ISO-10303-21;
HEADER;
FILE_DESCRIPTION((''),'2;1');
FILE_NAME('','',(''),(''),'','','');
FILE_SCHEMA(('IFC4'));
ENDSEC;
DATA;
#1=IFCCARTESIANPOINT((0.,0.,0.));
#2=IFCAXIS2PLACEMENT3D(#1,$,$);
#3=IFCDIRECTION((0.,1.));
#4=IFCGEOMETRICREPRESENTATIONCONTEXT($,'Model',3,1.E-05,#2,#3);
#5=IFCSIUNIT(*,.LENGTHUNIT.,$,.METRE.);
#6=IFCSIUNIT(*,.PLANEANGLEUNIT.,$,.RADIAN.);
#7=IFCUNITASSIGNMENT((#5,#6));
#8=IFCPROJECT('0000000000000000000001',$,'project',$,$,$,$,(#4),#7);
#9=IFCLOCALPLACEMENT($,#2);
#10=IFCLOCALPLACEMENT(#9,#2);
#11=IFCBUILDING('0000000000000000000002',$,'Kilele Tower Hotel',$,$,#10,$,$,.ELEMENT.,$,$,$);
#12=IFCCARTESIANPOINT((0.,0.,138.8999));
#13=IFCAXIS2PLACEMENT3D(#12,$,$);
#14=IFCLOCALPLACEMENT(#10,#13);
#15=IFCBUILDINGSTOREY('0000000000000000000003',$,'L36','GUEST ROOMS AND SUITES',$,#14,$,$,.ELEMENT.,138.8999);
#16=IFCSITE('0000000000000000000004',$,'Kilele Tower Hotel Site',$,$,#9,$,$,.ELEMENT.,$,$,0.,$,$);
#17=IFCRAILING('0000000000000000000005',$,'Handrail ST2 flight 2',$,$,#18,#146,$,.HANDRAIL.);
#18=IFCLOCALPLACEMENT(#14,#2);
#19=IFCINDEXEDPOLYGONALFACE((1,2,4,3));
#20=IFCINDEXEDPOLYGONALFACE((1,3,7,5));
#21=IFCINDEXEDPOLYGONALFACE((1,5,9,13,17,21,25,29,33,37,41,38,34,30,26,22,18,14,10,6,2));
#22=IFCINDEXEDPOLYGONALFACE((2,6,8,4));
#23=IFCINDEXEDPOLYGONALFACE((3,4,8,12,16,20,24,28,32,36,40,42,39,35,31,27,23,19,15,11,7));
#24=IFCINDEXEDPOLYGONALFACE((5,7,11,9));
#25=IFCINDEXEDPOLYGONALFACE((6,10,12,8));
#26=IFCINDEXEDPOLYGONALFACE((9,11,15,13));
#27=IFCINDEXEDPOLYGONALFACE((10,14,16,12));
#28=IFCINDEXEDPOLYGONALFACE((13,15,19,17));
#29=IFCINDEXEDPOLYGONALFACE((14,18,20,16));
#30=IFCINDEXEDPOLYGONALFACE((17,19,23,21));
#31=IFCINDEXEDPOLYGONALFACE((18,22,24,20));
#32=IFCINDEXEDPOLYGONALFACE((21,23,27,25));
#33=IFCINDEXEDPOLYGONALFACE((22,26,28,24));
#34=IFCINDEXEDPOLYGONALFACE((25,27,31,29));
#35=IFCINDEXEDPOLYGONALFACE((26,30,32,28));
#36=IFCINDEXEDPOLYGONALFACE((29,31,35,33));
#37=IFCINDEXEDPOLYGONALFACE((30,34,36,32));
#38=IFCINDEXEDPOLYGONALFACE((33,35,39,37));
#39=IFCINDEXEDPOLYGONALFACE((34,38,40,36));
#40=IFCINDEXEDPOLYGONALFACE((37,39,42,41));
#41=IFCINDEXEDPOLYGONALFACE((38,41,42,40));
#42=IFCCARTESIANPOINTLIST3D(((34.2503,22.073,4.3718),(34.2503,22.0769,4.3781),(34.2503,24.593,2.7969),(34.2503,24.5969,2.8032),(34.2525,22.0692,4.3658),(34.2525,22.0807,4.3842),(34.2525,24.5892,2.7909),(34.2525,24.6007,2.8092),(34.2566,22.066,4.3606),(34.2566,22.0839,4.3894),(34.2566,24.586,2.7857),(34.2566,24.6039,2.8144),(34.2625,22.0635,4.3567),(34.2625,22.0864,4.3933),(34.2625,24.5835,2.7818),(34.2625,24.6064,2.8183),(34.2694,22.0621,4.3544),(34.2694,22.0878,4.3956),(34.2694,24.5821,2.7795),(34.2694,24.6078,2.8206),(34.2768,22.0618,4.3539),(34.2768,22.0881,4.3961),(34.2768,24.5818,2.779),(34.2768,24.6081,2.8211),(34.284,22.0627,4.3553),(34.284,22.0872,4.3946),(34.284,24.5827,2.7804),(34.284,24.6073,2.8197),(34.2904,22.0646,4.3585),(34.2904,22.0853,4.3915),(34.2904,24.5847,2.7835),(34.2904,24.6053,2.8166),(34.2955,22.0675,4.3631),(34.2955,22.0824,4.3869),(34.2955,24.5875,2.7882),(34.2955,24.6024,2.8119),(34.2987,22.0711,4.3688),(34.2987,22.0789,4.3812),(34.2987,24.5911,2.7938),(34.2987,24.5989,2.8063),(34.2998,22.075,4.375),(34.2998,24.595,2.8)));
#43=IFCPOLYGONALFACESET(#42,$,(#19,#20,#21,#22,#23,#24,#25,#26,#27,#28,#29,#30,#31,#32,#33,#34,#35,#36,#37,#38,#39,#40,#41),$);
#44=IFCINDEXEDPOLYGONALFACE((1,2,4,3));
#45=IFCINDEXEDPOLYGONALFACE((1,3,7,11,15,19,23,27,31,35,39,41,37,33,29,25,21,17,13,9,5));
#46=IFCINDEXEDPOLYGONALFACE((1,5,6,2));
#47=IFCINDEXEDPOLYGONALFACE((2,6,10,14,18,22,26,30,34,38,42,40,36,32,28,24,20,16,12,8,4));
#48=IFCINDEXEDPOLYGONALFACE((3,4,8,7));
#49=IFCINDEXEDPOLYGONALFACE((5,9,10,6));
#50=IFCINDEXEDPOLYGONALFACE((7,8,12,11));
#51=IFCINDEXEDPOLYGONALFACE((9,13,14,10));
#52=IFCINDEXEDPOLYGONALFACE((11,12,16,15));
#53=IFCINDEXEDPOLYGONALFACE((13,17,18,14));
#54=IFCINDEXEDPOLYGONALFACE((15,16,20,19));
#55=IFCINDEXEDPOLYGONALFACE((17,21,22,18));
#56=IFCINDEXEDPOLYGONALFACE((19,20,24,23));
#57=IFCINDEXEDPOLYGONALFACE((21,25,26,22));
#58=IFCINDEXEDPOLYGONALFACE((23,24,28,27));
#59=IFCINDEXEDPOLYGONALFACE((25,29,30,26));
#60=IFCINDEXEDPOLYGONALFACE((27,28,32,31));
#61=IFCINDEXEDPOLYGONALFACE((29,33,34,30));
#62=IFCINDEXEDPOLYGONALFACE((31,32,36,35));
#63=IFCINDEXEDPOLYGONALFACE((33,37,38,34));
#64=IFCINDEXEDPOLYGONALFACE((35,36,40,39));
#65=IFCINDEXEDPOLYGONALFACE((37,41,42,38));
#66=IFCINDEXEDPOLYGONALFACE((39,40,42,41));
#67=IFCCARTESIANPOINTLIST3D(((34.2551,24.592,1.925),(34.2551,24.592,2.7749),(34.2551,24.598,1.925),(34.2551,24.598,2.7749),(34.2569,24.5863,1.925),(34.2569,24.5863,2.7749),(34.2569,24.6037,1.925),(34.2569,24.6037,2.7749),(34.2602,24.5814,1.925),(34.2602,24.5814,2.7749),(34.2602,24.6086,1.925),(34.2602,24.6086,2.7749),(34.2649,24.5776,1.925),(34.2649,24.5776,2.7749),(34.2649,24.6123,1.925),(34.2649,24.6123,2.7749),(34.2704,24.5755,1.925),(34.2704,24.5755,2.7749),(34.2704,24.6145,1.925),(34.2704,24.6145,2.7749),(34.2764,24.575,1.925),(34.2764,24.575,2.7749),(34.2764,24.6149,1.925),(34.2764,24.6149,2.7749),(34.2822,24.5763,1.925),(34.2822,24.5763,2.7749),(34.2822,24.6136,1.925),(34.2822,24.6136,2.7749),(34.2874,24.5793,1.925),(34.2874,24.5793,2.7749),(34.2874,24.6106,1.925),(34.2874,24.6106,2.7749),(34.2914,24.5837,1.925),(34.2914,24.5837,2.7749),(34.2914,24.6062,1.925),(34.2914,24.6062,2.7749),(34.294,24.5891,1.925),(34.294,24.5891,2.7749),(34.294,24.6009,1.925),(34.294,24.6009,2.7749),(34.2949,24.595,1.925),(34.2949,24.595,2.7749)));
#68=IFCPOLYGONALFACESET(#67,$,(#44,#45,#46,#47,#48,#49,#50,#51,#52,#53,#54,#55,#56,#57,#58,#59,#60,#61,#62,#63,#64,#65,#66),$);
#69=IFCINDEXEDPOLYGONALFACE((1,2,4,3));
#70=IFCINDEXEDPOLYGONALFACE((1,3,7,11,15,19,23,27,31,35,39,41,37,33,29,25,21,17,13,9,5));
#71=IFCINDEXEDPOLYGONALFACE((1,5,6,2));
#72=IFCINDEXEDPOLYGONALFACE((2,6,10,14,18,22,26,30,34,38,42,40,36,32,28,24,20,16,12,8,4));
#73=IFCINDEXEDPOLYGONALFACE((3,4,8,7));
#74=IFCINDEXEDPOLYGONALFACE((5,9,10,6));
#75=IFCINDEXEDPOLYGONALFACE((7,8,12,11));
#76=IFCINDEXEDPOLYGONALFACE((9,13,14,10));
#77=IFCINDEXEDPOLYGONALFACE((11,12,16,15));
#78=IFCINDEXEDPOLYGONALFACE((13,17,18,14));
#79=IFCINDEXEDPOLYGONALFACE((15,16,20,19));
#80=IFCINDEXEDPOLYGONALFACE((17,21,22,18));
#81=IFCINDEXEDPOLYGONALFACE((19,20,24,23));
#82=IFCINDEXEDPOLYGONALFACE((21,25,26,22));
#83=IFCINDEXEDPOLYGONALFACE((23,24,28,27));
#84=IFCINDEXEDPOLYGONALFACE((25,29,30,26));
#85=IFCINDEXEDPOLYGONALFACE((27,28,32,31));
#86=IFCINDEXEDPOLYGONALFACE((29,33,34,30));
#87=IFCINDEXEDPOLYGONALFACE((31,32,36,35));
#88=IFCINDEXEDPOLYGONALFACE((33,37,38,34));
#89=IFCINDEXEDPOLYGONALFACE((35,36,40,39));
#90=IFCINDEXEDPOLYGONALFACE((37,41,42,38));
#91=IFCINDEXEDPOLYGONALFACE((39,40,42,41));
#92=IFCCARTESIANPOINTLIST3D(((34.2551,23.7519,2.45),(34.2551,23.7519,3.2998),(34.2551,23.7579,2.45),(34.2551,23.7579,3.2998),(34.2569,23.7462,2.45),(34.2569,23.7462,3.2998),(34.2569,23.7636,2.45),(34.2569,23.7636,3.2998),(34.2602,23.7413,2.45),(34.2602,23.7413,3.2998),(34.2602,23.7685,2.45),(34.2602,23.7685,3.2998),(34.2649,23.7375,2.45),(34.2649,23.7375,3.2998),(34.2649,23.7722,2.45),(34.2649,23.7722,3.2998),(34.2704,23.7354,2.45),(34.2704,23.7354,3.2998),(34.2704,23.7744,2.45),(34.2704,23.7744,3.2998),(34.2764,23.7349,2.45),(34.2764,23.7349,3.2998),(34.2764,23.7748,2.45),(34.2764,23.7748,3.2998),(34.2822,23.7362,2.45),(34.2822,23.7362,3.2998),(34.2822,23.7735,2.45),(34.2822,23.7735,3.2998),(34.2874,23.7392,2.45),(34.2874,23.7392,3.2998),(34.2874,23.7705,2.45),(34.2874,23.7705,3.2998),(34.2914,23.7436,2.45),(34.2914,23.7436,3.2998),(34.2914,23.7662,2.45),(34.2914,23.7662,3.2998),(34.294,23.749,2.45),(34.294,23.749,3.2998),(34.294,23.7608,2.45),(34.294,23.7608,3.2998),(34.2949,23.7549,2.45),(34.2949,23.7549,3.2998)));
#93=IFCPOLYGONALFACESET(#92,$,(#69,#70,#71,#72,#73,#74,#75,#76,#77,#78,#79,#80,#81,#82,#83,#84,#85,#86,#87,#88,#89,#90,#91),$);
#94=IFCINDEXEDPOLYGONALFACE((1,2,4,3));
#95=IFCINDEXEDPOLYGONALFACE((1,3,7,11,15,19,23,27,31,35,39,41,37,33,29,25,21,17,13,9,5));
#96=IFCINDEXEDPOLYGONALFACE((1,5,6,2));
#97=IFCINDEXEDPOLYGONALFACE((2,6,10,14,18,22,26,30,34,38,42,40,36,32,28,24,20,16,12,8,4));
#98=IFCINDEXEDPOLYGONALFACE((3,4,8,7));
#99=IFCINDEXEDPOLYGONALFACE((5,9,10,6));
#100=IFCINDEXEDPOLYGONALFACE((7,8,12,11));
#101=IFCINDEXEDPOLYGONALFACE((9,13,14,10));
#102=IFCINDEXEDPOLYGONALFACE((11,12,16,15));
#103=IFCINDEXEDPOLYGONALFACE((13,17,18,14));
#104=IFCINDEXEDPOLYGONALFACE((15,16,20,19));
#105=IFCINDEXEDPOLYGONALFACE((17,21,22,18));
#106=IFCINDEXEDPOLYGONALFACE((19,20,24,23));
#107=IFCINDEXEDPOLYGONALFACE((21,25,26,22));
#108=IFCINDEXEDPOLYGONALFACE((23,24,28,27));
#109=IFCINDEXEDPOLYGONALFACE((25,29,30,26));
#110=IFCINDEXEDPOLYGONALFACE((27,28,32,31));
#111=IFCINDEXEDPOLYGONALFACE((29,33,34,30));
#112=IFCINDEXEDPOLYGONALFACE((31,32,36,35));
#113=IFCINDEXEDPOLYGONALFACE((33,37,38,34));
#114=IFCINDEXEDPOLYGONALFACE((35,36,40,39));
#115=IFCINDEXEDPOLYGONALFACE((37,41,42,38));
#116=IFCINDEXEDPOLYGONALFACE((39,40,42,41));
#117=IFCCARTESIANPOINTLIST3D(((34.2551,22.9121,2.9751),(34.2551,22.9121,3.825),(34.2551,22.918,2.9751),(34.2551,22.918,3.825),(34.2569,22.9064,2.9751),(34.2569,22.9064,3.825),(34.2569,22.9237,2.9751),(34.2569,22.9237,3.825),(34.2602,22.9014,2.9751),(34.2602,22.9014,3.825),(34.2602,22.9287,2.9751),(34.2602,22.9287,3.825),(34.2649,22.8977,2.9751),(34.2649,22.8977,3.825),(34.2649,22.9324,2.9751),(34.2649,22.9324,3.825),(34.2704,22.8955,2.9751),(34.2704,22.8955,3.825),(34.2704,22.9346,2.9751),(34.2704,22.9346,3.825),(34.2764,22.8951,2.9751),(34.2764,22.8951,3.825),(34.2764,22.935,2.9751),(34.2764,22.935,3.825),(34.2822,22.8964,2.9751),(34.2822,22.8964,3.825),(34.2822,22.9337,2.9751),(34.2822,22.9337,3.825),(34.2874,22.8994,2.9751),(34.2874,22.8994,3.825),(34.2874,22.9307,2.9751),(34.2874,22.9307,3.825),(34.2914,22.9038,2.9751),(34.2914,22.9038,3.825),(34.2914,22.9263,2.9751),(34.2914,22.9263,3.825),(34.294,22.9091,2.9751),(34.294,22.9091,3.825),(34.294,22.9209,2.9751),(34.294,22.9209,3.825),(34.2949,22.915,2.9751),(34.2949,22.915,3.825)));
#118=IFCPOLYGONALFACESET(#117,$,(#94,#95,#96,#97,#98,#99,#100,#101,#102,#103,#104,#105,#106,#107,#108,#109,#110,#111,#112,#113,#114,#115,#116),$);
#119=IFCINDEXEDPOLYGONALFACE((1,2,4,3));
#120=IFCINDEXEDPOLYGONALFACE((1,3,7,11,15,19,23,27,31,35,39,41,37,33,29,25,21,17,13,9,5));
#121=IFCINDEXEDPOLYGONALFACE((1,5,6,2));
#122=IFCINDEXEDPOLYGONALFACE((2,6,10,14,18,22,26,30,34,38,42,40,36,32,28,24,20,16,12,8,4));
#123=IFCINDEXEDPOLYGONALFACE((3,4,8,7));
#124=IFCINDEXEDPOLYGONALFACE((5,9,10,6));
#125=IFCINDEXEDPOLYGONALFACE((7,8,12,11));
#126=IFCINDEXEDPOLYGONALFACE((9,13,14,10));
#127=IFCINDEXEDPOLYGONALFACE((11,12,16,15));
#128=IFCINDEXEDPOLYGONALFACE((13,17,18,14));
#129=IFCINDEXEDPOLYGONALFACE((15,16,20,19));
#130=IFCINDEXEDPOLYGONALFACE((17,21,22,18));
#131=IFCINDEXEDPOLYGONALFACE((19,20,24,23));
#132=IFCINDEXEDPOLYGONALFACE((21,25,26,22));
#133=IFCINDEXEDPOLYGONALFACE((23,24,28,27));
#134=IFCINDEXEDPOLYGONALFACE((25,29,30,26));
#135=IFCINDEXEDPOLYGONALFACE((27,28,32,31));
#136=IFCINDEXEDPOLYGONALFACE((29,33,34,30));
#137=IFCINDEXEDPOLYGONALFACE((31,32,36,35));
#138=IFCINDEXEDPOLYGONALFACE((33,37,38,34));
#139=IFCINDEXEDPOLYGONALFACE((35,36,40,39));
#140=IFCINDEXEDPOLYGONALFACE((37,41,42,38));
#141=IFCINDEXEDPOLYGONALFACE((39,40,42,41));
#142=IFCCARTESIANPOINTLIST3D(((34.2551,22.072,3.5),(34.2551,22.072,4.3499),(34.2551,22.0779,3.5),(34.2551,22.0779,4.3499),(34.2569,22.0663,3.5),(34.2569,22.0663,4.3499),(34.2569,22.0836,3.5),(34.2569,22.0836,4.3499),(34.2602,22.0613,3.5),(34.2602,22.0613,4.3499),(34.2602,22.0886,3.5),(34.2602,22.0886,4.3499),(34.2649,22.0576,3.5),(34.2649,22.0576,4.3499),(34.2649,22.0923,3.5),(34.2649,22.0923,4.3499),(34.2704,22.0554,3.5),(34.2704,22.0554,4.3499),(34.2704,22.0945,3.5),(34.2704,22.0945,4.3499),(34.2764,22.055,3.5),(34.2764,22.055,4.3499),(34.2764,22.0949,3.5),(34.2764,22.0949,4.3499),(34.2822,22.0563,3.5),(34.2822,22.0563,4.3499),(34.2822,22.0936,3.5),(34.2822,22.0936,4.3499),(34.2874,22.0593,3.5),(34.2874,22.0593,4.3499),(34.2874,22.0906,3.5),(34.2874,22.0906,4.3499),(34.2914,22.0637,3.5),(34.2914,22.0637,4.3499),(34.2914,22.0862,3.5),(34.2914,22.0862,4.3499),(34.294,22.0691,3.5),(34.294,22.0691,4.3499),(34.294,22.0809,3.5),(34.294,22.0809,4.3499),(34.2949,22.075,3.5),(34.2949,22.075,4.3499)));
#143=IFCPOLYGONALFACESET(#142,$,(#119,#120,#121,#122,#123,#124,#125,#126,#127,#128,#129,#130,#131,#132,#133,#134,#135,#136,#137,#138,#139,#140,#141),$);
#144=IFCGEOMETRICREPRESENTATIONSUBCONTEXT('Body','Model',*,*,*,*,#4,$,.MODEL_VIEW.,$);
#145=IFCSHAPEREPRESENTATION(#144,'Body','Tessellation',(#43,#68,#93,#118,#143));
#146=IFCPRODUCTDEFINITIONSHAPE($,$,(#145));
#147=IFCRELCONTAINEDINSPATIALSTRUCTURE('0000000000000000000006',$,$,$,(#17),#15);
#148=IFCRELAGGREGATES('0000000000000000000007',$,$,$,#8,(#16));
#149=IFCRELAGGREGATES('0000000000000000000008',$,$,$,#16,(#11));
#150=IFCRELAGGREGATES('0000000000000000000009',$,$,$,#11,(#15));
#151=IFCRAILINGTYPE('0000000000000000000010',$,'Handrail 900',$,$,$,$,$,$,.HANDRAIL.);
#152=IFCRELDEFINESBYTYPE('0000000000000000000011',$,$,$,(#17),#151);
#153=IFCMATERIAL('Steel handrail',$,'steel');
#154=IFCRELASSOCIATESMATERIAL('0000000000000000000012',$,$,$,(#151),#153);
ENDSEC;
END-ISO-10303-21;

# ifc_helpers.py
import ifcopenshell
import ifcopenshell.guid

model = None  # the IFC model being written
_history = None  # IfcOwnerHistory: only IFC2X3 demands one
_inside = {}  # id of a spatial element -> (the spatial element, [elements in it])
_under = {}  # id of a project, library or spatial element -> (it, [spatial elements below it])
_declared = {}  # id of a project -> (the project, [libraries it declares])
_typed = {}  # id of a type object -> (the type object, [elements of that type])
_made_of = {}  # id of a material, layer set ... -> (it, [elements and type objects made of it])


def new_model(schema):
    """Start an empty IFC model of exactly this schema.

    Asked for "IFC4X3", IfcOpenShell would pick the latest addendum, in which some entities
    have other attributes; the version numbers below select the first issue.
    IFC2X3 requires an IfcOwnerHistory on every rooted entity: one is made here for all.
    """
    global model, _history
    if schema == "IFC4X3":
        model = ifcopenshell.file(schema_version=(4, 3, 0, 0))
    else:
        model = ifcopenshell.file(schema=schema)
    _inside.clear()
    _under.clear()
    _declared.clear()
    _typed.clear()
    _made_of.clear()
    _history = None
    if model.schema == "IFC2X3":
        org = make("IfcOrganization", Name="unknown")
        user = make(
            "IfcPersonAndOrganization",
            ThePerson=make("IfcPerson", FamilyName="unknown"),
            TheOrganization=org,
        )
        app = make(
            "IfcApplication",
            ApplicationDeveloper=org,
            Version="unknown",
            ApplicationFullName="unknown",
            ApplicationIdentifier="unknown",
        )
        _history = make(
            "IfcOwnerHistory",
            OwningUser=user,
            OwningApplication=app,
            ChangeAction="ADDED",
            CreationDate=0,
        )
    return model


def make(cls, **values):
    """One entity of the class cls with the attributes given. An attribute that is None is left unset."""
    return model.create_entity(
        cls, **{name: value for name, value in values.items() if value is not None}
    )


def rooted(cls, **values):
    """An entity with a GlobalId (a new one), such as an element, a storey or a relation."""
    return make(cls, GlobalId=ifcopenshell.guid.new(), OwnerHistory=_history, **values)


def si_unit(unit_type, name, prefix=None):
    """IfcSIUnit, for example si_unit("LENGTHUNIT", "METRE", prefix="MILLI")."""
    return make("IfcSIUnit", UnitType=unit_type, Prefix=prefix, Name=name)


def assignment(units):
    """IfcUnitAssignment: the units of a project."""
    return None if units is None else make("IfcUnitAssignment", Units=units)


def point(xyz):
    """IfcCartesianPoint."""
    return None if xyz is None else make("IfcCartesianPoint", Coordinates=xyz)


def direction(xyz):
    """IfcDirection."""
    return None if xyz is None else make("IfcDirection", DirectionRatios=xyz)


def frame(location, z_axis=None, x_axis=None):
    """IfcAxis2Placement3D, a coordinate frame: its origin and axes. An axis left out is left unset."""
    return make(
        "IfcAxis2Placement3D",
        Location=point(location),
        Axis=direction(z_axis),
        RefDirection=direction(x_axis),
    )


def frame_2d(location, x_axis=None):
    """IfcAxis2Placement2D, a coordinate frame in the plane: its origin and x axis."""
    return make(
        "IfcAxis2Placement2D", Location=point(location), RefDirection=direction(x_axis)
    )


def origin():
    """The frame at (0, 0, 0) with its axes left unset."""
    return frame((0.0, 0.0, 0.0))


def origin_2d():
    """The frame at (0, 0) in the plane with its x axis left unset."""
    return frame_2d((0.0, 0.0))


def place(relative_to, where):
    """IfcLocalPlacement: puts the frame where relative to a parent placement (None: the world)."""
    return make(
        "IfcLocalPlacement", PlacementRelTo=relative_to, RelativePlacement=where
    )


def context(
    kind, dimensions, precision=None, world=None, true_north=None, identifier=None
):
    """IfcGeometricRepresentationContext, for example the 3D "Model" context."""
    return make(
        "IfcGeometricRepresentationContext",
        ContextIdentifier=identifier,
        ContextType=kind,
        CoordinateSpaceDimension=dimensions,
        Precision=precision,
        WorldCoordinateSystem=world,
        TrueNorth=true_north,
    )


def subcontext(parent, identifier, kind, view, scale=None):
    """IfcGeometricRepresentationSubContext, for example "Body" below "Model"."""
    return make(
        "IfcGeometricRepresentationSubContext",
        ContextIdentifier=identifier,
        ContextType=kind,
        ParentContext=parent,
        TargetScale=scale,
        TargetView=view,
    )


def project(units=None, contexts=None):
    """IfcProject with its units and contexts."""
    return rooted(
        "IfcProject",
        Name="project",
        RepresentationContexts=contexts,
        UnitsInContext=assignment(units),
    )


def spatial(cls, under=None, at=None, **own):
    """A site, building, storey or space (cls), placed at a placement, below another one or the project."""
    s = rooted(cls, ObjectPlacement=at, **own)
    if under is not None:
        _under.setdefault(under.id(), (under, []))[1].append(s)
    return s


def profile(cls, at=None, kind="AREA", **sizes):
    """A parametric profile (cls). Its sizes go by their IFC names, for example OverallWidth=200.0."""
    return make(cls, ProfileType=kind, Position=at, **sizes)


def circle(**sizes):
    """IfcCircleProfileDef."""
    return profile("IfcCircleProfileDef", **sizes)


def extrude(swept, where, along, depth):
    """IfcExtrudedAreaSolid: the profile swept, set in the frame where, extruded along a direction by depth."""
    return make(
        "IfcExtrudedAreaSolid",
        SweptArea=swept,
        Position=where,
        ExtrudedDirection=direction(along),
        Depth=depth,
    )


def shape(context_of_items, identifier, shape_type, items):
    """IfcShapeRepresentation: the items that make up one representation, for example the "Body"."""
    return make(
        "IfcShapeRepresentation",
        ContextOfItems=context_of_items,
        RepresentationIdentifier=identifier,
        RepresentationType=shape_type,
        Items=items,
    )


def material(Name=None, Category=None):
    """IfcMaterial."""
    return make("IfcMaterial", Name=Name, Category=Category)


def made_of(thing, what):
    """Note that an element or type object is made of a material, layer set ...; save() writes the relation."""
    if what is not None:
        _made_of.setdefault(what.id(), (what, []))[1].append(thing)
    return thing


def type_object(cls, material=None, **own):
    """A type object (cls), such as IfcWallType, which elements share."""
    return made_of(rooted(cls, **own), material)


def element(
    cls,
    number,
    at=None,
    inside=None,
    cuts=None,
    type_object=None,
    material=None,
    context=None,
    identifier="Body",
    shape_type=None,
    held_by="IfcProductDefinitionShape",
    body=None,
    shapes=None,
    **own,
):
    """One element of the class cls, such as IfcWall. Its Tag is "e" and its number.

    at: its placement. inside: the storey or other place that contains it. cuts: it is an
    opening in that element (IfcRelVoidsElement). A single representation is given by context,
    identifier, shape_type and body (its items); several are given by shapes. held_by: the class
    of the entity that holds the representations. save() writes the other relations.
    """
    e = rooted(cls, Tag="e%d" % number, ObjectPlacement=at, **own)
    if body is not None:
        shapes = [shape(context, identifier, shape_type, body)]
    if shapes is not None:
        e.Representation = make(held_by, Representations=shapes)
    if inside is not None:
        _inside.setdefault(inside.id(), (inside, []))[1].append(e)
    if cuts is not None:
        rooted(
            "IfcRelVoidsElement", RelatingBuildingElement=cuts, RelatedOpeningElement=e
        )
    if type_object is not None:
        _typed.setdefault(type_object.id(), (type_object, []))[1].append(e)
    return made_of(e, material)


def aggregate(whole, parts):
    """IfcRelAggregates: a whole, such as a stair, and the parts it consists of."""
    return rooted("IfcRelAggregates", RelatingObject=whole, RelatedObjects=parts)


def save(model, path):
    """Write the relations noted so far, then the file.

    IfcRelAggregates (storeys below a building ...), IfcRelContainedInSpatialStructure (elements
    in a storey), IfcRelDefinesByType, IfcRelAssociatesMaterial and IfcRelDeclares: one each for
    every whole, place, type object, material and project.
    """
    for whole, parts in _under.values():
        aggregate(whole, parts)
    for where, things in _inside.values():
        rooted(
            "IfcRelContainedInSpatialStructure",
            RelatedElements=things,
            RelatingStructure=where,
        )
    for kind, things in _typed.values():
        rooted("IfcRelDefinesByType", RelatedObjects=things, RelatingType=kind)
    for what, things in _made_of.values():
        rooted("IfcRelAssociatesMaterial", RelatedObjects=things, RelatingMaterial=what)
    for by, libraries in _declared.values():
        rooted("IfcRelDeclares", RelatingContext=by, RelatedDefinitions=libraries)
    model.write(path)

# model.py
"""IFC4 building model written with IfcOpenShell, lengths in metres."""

from ifc_helpers import new_model, si_unit, direction, frame, origin, origin_2d, place, context, subcontext, project, spatial, circle, extrude, material, type_object, element, save


model = new_model("IFC4")

# Units and contexts
model_context = context("Model", 3, precision=1e-05, world=origin(), true_north=direction((0.0, 1.0)))
body_context = subcontext(model_context, "Body", "Model", "MODEL_VIEW")
ifc_project = project(units=[si_unit("LENGTHUNIT", "METRE"), si_unit("PLANEANGLEUNIT", "RADIAN")], contexts=[model_context])

# Site, building, storey
site_placement = place(None, origin())
site = spatial("IfcSite", under=ifc_project, at=site_placement, Name="Kilele Tower Hotel Site", CompositionType="ELEMENT", RefElevation=0.0)
building_placement = place(site_placement, origin())
building = spatial("IfcBuilding", under=site, at=building_placement, Name="Kilele Tower Hotel", CompositionType="ELEMENT")
storey_placement = place(building_placement, frame((0.0, 0.0, 138.8999)))
storey = spatial("IfcBuildingStorey", under=building, at=storey_placement, Name="L36", Description="GUEST ROOMS AND SUITES", CompositionType="ELEMENT", Elevation=138.8999)

# Railing
ifc_material_1 = material(Name="Steel handrail", Category="steel")
railing_type_1 = type_object("IfcRailingType", Name="Handrail 900", PredefinedType="HANDRAIL", material=ifc_material_1)
for number, where, name in (
    (1, (34.2749, 24.595, 1.925), "Handrail ST2 flight 2"),
):
    element("IfcRailing", number, at=place(storey_placement, frame(where)), inside=storey, type_object=railing_type_1, Name=name, PredefinedType="HANDRAIL", context=body_context, shape_type="SweptSolid", body=[
        extrude(circle(Radius=0.0249, at=origin_2d()), frame((0.0, 0.0, 0.875), z_axis=(0.0, -0.848008, 0.529984), x_axis=(1.0, 0.0, 0.0)), (0.0, 0.0, 1.0), 2.9717),
        extrude(circle(Radius=0.02, at=origin_2d()), origin(), (0.0, 0.0, 1.0), 0.8499),
        extrude(circle(Radius=0.02, at=origin_2d()), frame((0.0, -0.8401, 0.5249)), (0.0, 0.0, 1.0), 0.8499),
        extrude(circle(Radius=0.02, at=origin_2d()), frame((0.0, -1.6799, 1.05)), (0.0, 0.0, 1.0), 0.8499),
        extrude(circle(Radius=0.02, at=origin_2d()), frame((0.0, -2.52, 1.575)), (0.0, 0.0, 1.0), 0.8499),
    ])

save(model, "model.ifc")
